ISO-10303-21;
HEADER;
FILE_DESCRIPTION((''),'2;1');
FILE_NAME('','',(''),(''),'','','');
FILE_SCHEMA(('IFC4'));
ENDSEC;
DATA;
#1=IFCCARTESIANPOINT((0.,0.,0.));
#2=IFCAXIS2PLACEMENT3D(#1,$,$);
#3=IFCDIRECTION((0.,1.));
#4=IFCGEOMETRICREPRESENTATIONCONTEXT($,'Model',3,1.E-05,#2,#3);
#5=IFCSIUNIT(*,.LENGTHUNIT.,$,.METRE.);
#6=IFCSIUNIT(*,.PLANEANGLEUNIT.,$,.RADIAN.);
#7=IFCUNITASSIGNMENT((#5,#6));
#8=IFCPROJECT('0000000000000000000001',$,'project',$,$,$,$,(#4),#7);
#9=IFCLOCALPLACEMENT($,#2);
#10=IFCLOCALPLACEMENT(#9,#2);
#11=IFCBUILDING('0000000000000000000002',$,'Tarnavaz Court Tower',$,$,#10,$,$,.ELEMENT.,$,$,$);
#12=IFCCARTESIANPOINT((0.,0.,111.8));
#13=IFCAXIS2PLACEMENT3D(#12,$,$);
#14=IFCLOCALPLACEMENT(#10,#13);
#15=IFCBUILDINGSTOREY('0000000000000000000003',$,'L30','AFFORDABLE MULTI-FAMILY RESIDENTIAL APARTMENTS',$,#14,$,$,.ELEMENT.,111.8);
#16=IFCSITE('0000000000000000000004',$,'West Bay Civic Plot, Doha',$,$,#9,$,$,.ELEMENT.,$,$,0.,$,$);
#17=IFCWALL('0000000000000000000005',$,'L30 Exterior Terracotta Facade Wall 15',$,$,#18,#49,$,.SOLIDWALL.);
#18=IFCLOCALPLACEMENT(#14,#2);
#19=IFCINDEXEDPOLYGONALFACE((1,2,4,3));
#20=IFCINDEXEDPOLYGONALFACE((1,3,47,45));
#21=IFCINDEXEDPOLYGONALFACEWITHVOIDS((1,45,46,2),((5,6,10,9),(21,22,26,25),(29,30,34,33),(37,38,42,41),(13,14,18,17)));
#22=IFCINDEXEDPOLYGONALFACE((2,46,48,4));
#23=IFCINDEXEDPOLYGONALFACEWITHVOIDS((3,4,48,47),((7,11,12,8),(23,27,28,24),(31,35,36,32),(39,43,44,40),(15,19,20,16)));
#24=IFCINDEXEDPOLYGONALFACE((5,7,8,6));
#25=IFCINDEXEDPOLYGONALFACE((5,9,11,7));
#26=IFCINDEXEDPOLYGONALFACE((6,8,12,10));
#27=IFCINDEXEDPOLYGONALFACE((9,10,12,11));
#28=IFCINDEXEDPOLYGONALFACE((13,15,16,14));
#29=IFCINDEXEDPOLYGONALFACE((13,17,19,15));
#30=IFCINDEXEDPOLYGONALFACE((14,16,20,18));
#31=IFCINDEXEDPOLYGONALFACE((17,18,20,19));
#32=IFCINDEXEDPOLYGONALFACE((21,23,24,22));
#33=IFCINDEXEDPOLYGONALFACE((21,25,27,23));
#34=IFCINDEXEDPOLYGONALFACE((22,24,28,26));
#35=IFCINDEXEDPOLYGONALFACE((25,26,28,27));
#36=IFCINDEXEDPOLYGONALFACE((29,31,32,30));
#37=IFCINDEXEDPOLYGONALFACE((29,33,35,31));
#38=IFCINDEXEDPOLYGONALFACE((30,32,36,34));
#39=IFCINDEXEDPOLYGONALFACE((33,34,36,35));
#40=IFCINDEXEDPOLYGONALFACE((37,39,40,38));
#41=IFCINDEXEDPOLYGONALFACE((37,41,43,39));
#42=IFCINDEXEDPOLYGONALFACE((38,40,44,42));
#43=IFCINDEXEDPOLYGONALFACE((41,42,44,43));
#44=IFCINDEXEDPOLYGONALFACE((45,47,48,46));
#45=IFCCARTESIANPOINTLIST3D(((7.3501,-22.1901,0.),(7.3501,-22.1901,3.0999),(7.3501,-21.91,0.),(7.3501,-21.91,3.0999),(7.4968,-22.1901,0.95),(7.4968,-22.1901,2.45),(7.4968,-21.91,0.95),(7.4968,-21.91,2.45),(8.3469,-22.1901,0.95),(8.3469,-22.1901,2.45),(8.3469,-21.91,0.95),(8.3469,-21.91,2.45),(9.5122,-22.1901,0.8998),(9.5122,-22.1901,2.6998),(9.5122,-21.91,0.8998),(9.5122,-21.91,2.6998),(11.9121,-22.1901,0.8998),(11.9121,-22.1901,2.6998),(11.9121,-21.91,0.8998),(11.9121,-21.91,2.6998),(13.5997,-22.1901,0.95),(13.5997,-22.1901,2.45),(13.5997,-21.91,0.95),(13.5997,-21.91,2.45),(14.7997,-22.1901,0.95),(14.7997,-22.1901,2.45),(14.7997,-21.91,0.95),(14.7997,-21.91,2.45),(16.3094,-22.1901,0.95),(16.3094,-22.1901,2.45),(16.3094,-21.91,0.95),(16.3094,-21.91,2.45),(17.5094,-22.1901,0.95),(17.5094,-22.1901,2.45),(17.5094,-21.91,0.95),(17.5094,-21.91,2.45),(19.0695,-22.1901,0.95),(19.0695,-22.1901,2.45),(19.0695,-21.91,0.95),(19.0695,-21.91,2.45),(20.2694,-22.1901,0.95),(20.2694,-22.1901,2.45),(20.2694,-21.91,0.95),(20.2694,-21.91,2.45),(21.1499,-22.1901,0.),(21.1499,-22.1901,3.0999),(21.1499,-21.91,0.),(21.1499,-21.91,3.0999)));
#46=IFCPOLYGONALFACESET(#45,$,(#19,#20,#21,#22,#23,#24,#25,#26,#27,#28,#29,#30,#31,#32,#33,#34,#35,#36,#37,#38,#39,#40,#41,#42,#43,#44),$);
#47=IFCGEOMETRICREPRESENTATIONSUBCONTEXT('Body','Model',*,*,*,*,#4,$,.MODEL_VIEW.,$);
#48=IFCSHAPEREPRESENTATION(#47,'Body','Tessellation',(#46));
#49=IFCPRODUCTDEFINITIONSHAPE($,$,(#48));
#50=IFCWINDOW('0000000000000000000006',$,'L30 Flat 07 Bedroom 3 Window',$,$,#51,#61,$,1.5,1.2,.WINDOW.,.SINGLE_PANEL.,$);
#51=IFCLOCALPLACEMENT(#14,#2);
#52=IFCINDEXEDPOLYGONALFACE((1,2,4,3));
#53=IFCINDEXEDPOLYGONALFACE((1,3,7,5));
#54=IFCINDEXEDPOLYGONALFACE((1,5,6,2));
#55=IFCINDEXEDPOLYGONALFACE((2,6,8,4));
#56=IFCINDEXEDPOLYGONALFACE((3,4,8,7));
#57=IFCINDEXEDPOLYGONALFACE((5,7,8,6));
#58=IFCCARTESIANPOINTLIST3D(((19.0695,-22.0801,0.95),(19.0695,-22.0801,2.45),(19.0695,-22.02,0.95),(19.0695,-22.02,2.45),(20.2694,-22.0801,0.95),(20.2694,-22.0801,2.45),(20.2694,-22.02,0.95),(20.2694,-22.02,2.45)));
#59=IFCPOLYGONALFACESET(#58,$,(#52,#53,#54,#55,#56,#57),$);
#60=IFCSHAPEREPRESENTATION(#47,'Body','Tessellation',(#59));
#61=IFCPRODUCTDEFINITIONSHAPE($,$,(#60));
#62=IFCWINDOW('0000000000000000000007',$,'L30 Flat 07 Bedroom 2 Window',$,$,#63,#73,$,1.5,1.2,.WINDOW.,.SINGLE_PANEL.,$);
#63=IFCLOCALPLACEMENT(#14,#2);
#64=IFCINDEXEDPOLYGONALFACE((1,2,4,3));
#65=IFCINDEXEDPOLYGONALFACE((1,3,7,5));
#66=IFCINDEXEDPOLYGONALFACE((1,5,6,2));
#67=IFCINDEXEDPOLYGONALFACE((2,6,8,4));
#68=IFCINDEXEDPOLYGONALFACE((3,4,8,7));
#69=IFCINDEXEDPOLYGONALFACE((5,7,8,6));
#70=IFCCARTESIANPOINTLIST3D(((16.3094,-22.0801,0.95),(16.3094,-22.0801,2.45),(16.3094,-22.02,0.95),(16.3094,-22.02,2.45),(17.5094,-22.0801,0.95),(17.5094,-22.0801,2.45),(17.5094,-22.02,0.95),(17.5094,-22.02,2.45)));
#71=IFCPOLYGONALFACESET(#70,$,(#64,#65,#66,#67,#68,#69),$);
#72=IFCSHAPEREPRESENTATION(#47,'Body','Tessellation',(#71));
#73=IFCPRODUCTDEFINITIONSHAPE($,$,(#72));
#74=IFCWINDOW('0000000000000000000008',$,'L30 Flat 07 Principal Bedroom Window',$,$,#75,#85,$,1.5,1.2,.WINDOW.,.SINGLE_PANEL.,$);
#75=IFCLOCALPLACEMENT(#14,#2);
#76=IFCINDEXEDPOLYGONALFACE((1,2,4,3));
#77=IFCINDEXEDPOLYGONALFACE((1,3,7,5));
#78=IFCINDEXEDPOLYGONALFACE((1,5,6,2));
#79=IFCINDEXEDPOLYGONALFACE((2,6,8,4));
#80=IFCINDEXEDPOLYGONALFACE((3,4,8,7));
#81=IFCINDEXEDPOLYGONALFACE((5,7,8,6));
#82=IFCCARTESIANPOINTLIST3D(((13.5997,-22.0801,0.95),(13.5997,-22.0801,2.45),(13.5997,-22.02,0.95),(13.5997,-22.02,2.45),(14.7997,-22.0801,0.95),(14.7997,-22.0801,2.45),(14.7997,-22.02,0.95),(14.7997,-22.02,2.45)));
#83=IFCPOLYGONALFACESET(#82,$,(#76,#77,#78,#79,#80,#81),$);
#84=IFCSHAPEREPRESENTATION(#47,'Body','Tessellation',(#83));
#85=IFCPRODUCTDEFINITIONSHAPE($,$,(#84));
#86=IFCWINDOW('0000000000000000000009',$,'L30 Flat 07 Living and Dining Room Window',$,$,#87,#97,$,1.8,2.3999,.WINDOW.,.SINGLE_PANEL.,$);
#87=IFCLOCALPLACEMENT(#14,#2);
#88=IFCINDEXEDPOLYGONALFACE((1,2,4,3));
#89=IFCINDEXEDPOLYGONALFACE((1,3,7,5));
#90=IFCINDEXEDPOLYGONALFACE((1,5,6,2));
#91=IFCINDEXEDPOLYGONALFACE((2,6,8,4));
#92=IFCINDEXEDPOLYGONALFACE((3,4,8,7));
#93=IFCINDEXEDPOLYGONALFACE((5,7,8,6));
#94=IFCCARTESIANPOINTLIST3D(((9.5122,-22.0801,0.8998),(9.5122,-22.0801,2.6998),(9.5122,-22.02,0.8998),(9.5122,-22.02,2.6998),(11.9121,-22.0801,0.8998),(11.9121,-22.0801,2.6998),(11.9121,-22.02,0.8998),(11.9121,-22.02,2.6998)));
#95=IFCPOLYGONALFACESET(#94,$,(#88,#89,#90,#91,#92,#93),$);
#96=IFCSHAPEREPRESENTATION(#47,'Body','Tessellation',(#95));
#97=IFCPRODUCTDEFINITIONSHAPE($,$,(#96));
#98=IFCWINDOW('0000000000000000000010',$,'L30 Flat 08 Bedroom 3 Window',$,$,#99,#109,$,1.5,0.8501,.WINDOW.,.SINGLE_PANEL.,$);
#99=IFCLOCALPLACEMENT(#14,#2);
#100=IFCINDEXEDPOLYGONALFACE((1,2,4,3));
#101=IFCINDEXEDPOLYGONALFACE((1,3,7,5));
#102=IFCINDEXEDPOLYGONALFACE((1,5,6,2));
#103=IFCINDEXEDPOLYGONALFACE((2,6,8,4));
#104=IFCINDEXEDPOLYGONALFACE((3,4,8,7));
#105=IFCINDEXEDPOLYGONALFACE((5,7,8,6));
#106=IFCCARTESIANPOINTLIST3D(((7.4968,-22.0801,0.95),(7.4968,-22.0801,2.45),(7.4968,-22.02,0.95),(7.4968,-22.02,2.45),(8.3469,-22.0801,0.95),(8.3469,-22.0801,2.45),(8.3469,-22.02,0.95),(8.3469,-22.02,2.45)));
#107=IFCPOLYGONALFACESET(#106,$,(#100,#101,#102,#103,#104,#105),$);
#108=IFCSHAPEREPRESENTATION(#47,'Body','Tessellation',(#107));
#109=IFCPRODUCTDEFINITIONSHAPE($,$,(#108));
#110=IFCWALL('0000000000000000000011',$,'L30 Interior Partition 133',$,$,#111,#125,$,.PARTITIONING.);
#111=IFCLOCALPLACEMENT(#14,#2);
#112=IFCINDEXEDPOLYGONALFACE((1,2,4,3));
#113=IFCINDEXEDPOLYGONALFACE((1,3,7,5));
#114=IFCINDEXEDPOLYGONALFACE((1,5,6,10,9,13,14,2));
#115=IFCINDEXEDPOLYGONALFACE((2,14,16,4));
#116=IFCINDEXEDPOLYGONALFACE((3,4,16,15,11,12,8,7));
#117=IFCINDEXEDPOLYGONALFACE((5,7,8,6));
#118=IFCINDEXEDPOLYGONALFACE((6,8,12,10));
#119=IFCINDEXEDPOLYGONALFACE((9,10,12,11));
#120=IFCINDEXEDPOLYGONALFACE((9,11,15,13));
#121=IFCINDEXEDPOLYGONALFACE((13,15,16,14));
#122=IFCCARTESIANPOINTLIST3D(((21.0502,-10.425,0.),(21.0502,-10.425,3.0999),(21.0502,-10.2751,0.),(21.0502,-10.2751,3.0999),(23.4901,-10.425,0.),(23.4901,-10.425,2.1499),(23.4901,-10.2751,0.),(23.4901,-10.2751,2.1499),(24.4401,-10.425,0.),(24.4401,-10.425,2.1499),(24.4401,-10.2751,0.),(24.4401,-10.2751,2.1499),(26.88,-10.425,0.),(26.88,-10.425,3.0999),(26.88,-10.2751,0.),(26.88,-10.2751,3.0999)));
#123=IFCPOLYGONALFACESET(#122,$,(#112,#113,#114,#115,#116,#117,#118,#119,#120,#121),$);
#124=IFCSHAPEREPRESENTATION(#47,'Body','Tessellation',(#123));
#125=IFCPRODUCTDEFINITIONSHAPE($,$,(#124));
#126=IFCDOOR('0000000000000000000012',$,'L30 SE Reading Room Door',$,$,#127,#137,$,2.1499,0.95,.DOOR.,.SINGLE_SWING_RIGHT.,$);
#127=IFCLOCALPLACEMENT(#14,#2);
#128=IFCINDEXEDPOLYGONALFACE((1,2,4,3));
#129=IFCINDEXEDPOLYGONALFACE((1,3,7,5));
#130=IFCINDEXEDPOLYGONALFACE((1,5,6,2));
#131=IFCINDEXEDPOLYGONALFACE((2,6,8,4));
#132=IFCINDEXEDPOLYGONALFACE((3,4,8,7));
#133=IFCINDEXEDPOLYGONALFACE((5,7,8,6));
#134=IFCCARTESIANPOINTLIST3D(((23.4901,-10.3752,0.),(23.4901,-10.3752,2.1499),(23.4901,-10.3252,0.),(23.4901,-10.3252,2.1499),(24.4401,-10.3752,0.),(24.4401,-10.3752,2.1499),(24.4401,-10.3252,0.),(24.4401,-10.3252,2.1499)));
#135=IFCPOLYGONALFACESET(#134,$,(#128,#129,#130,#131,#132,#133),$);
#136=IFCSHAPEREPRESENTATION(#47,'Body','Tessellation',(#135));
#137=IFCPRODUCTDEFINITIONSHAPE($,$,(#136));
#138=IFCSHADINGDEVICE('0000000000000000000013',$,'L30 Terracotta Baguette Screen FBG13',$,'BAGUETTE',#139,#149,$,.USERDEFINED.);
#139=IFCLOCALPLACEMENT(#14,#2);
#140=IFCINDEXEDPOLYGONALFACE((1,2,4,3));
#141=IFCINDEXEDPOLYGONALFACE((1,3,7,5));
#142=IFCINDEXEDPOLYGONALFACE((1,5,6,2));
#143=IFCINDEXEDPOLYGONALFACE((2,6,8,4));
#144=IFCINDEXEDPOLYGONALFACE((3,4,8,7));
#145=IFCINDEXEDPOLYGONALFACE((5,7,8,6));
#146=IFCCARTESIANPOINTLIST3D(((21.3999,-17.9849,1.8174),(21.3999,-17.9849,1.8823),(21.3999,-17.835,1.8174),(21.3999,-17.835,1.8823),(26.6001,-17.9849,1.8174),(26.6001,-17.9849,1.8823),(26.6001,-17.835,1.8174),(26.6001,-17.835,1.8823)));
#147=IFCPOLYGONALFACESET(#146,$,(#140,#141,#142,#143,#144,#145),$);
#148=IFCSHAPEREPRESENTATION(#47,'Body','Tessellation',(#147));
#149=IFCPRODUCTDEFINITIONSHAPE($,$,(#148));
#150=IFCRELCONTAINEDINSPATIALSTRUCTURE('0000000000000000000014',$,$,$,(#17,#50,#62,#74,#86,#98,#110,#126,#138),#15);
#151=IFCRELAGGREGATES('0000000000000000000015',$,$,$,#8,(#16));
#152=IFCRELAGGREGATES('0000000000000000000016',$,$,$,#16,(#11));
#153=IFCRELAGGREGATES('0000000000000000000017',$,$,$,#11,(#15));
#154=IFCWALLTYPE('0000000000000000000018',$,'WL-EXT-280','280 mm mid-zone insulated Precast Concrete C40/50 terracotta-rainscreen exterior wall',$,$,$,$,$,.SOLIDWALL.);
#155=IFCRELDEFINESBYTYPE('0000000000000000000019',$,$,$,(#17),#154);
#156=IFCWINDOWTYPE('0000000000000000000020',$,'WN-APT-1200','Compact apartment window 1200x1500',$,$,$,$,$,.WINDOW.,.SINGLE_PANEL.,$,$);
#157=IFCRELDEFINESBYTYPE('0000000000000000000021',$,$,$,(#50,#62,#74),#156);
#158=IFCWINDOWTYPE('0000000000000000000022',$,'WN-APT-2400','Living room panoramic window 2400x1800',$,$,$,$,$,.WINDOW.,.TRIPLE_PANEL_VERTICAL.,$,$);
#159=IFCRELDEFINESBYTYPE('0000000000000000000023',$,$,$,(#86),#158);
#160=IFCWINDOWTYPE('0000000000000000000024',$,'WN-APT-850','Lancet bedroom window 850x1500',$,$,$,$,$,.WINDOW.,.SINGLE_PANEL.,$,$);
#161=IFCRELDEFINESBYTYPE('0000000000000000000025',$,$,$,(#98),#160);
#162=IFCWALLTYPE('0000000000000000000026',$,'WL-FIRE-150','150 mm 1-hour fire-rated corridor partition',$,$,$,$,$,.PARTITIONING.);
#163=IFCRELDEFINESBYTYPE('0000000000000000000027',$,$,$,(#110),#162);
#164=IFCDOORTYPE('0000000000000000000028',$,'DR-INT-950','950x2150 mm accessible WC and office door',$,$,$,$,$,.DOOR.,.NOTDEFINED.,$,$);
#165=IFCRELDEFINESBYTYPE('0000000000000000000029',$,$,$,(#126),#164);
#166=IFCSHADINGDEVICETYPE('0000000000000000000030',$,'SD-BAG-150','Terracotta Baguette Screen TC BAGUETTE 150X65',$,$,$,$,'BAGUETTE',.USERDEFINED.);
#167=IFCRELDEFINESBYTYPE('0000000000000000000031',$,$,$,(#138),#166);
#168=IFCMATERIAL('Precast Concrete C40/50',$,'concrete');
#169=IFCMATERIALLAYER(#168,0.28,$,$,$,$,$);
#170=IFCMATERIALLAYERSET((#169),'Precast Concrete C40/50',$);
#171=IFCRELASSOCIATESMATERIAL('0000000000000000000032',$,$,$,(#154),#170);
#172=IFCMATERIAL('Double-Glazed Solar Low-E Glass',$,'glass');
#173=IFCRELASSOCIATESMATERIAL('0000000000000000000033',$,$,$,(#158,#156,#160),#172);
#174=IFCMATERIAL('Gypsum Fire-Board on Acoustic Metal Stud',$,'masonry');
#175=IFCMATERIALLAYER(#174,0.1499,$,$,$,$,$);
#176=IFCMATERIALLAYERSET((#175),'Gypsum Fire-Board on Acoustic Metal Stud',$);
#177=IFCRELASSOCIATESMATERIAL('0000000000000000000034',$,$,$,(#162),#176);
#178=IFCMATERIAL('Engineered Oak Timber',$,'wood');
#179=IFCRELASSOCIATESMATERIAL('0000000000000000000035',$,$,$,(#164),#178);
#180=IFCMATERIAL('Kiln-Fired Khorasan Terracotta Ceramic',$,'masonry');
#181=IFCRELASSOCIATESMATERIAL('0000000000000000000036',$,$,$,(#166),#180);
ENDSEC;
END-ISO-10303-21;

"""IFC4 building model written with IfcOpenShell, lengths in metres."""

from ifc_helpers import new_model, si_unit, direction, frame, frame_2d, origin, origin_2d, place, context, subcontext, project, spatial, rectangle, extrude, material, layer, layer_set, material_profile, profile_set, type_object, element, fill, save


model = new_model("IFC4")

# Units and contexts
model_context = context("Model", 3, precision=1e-05, world=origin(), true_north=direction((0.0, 1.0)))
body_context = subcontext(model_context, "Body", "Model", "MODEL_VIEW")
ifc_project = project(units=[si_unit("LENGTHUNIT", "METRE"), si_unit("PLANEANGLEUNIT", "RADIAN")], contexts=[model_context])

# Site, building, storey
site_placement = place(None, origin())
site = spatial("IfcSite", under=ifc_project, at=site_placement, Name="West Bay Civic Plot, Doha", CompositionType="ELEMENT", RefElevation=0.0)
building_placement = place(site_placement, origin())
building = spatial("IfcBuilding", under=site, at=building_placement, Name="Tarnavaz Court Tower", CompositionType="ELEMENT")
storey_placement = place(building_placement, frame((0.0, 0.0, 111.8)))
storey = spatial("IfcBuildingStorey", under=building, at=storey_placement, Name="L30", Description="AFFORDABLE MULTI-FAMILY RESIDENTIAL APARTMENTS", CompositionType="ELEMENT", Elevation=111.8)

# Shared definitions
ifc_material_1 = material(Name="Precast Concrete C40/50", Category="concrete")
ifc_layer_1 = layer(ifc_material_1, 0.28)
ifc_layer_set_1 = layer_set([ifc_layer_1], Name="Precast Concrete C40/50")
wall_type_1 = type_object("IfcWallType", Name="WL-EXT-280", Description="280 mm mid-zone insulated Precast Concrete C40/50 terracotta-rainscreen exterior wall", PredefinedType="SOLIDWALL", material=ifc_layer_set_1)
ifc_material_2 = material(Name="Double-Glazed Solar Low-E Glass", Category="glass")
window_type_1 = type_object("IfcWindowType", Name="WN-APT-2400", Description="Living room panoramic window 2400x1800", PartitioningType="TRIPLE_PANEL_VERTICAL", PredefinedType="WINDOW", material=ifc_material_2)

# Wall, openings, windows
wall_1_placement = place(storey_placement, frame((21.1499, -22.05, 0.0), z_axis=(0.0, 0.0, 1.0), x_axis=(-1.0, 0.0, 0.0)))
wall_1 = element("IfcWall", 1, at=wall_1_placement, inside=storey, type_object=wall_type_1, Name="L30 Exterior Terracotta Facade Wall 15", PredefinedType="SOLIDWALL", context=body_context, shape_type="SweptSolid", body=[
    extrude(rectangle(XDim=13.7998, YDim=0.28, at=frame_2d((6.8999, 0.0))), origin(), (0.0, 0.0, 1.0), 3.0999),
])
opening_1_placement = place(wall_1_placement, frame((0.8804, 0.0, 0.95)))
opening_1 = element("IfcOpeningElement", 2, at=opening_1_placement, cuts=wall_1, PredefinedType="OPENING", context=body_context, shape_type="SweptSolid", body=[
    extrude(rectangle(XDim=1.2, YDim=1.5, at=frame_2d((0.6001, 0.75))), frame((0.0, 0.1499, 0.0), z_axis=(0.0, -1.0, 0.0), x_axis=(1.0, 0.0, 0.0)), (0.0, 0.0, 1.0), 0.3),
])
opening_2_placement = place(wall_1_placement, frame((3.6404, 0.0, 0.95)))
opening_2 = element("IfcOpeningElement", 3, at=opening_2_placement, cuts=wall_1, PredefinedType="OPENING", context=body_context, shape_type="SweptSolid", body=[
    extrude(rectangle(XDim=1.2, YDim=1.5, at=frame_2d((0.6001, 0.75))), frame((0.0, 0.1499, 0.0), z_axis=(0.0, -1.0, 0.0), x_axis=(1.0, 0.0, 0.0)), (0.0, 0.0, 1.0), 0.3),
])
opening_3_placement = place(wall_1_placement, frame((6.3501, 0.0, 0.95)))
opening_3 = element("IfcOpeningElement", 4, at=opening_3_placement, cuts=wall_1, PredefinedType="OPENING", context=body_context, shape_type="SweptSolid", body=[
    extrude(rectangle(XDim=1.2, YDim=1.5, at=frame_2d((0.6001, 0.75))), frame((0.0, 0.1499, 0.0), z_axis=(0.0, -1.0, 0.0), x_axis=(1.0, 0.0, 0.0)), (0.0, 0.0, 1.0), 0.3),
])
opening_4_placement = place(wall_1_placement, frame((9.2378, 0.0, 0.8999)))
opening_4 = element("IfcOpeningElement", 5, at=opening_4_placement, cuts=wall_1, PredefinedType="OPENING", context=body_context, shape_type="SweptSolid", body=[
    extrude(rectangle(XDim=2.3999, YDim=1.8, at=frame_2d((1.2, 0.8999))), frame((0.0, 0.1499, 0.0), z_axis=(0.0, -1.0, 0.0), x_axis=(1.0, 0.0, 0.0)), (0.0, 0.0, 1.0), 0.3),
])
opening_5_placement = place(wall_1_placement, frame((12.803, 0.0, 0.95)))
opening_5 = element("IfcOpeningElement", 6, at=opening_5_placement, cuts=wall_1, PredefinedType="OPENING", context=body_context, shape_type="SweptSolid", body=[
    extrude(rectangle(XDim=0.8501, YDim=1.5, at=frame_2d((0.425, 0.75))), frame((0.0, 0.1499, 0.0), z_axis=(0.0, -1.0, 0.0), x_axis=(1.0, 0.0, 0.0)), (0.0, 0.0, 1.0), 0.3),
])
window_type_2 = type_object("IfcWindowType", Name="WN-APT-1200", Description="Compact apartment window 1200x1500", PartitioningType="SINGLE_PANEL", PredefinedType="WINDOW", material=ifc_material_2)
window_1_placement = place(opening_1_placement, origin())
window_1 = element("IfcWindow", 7, at=window_1_placement, inside=storey, type_object=window_type_2, Name="L30 Flat 07 Bedroom 3 Window", OverallHeight=1.5, OverallWidth=1.2, PartitioningType="SINGLE_PANEL", PredefinedType="WINDOW", context=body_context, shape_type="SweptSolid", body=[
    extrude(rectangle(XDim=1.2, YDim=1.5, at=frame_2d((0.6001, 0.75))), frame((0.0, 0.03, 0.0), z_axis=(0.0, -1.0, 0.0), x_axis=(1.0, 0.0, 0.0)), (0.0, 0.0, 1.0), 0.0601),
])
fill(opening_1, window_1)
window_2_placement = place(opening_2_placement, origin())
window_2 = element("IfcWindow", 8, at=window_2_placement, inside=storey, type_object=window_type_2, Name="L30 Flat 07 Bedroom 2 Window", OverallHeight=1.5, OverallWidth=1.2, PartitioningType="SINGLE_PANEL", PredefinedType="WINDOW", context=body_context, shape_type="SweptSolid", body=[
    extrude(rectangle(XDim=1.2, YDim=1.5, at=frame_2d((0.6001, 0.75))), frame((0.0, 0.03, 0.0), z_axis=(0.0, -1.0, 0.0), x_axis=(1.0, 0.0, 0.0)), (0.0, 0.0, 1.0), 0.0601),
])
fill(opening_2, window_2)
window_3_placement = place(opening_3_placement, origin())
window_3 = element("IfcWindow", 9, at=window_3_placement, inside=storey, type_object=window_type_2, Name="L30 Flat 07 Principal Bedroom Window", OverallHeight=1.5, OverallWidth=1.2, PartitioningType="SINGLE_PANEL", PredefinedType="WINDOW", context=body_context, shape_type="SweptSolid", body=[
    extrude(rectangle(XDim=1.2, YDim=1.5, at=frame_2d((0.6001, 0.75))), frame((0.0, 0.03, 0.0), z_axis=(0.0, -1.0, 0.0), x_axis=(1.0, 0.0, 0.0)), (0.0, 0.0, 1.0), 0.0601),
])
fill(opening_3, window_3)
window_4_placement = place(opening_4_placement, origin())
window_4 = element("IfcWindow", 10, at=window_4_placement, inside=storey, type_object=window_type_1, Name="L30 Flat 07 Living and Dining Room Window", OverallHeight=1.8, OverallWidth=2.3999, PartitioningType="SINGLE_PANEL", PredefinedType="WINDOW", context=body_context, shape_type="SweptSolid", body=[
    extrude(rectangle(XDim=2.3999, YDim=1.8, at=frame_2d((1.2, 0.8999))), frame((0.0, 0.03, 0.0), z_axis=(0.0, -1.0, 0.0), x_axis=(1.0, 0.0, 0.0)), (0.0, 0.0, 1.0), 0.0601),
])
fill(opening_4, window_4)
window_type_3 = type_object("IfcWindowType", Name="WN-APT-850", Description="Lancet bedroom window 850x1500", PartitioningType="SINGLE_PANEL", PredefinedType="WINDOW", material=ifc_material_2)
window_5_placement = place(opening_5_placement, origin())
window_5 = element("IfcWindow", 11, at=window_5_placement, inside=storey, type_object=window_type_3, Name="L30 Flat 08 Bedroom 3 Window", OverallHeight=1.5, OverallWidth=0.8501, PartitioningType="SINGLE_PANEL", PredefinedType="WINDOW", context=body_context, shape_type="SweptSolid", body=[
    extrude(rectangle(XDim=0.8501, YDim=1.5, at=frame_2d((0.425, 0.75))), frame((0.0, 0.03, 0.0), z_axis=(0.0, -1.0, 0.0), x_axis=(1.0, 0.0, 0.0)), (0.0, 0.0, 1.0), 0.0601),
])
fill(opening_5, window_5)

# Wall, opening, door
ifc_material_3 = material(Name="Gypsum Fire-Board on Acoustic Metal Stud", Category="masonry")
ifc_layer_2 = layer(ifc_material_3, 0.1499)
ifc_layer_set_2 = layer_set([ifc_layer_2], Name="Gypsum Fire-Board on Acoustic Metal Stud")
wall_type_2 = type_object("IfcWallType", Name="WL-FIRE-150", Description="150 mm 1-hour fire-rated corridor partition", PredefinedType="PARTITIONING", material=ifc_layer_set_2)
wall_2_placement = place(storey_placement, frame((21.05, -10.3501, 0.0), z_axis=(0.0, 0.0, 1.0), x_axis=(1.0, 0.0, 0.0)))
wall_2 = element("IfcWall", 12, at=wall_2_placement, inside=storey, type_object=wall_type_2, Name="L30 Interior Partition 133", PredefinedType="PARTITIONING", context=body_context, shape_type="SweptSolid", body=[
    extrude(rectangle(XDim=5.8298, YDim=0.1499, at=frame_2d((2.915, 0.0))), origin(), (0.0, 0.0, 1.0), 3.0999),
])
opening_6_placement = place(wall_2_placement, frame((2.4399, 0.0, 0.0)))
opening_6 = element("IfcOpeningElement", 13, at=opening_6_placement, cuts=wall_2, PredefinedType="OPENING", context=body_context, shape_type="SweptSolid", body=[
    extrude(rectangle(XDim=0.95, YDim=2.1499, at=frame_2d((0.4751, 1.075))), frame((0.0, 0.085, 0.0), z_axis=(0.0, -1.0, 0.0), x_axis=(1.0, 0.0, 0.0)), (0.0, 0.0, 1.0), 0.1699),
])
ifc_material_4 = material(Name="Engineered Oak Timber", Category="wood")
door_type = type_object("IfcDoorType", Name="DR-INT-950", Description="950x2150 mm accessible WC and office door", OperationType="NOTDEFINED", PredefinedType="DOOR", material=ifc_material_4)
door_placement = place(opening_6_placement, origin())
door = element("IfcDoor", 14, at=door_placement, inside=storey, type_object=door_type, Name="L30 SE Reading Room Door", OperationType="SINGLE_SWING_RIGHT", OverallHeight=2.1499, OverallWidth=0.95, PredefinedType="DOOR", context=body_context, shape_type="SweptSolid", body=[
    extrude(rectangle(XDim=0.95, YDim=2.1499, at=frame_2d((0.4751, 1.075))), frame((0.0, 0.0249, 0.0), z_axis=(0.0, -1.0, 0.0), x_axis=(1.0, 0.0, 0.0)), (0.0, 0.0, 1.0), 0.05),
])
fill(opening_6, door)

# Shading device
ifc_material_5 = material(Name="Kiln-Fired Khorasan Terracotta Ceramic", Category="masonry")
ifc_material_profile_1 = material_profile(ifc_material_5, rectangle(XDim=0.1499, YDim=0.0649, at=origin_2d()), Name="TC BAGUETTE 150X65")
ifc_profile_set_1 = profile_set([ifc_material_profile_1], Name="Kiln-Fired Khorasan Terracotta Ceramic")
shading_device_type = type_object("IfcShadingDeviceType", Name="SD-BAG-150", Description="Terracotta Baguette Screen TC BAGUETTE 150X65", ElementType="BAGUETTE", PredefinedType="USERDEFINED", material=ifc_profile_set_1)
shading_device_placement = place(storey_placement, frame((26.6001, -17.9099, 1.8499), z_axis=(-1.0, 0.0, 0.0), x_axis=(0.0, -1.0, 0.0)))
element("IfcShadingDevice", 15, at=shading_device_placement, inside=storey, type_object=shading_device_type, Name="L30 Terracotta Baguette Screen FBG13", ObjectType="BAGUETTE", PredefinedType="USERDEFINED", context=body_context, shape_type="SweptSolid", body=[
    extrude(rectangle(XDim=0.1499, YDim=0.0649, at=origin_2d()), origin(), (0.0, 0.0, 1.0), 5.2002),
])

save(model, "model.ifc")
